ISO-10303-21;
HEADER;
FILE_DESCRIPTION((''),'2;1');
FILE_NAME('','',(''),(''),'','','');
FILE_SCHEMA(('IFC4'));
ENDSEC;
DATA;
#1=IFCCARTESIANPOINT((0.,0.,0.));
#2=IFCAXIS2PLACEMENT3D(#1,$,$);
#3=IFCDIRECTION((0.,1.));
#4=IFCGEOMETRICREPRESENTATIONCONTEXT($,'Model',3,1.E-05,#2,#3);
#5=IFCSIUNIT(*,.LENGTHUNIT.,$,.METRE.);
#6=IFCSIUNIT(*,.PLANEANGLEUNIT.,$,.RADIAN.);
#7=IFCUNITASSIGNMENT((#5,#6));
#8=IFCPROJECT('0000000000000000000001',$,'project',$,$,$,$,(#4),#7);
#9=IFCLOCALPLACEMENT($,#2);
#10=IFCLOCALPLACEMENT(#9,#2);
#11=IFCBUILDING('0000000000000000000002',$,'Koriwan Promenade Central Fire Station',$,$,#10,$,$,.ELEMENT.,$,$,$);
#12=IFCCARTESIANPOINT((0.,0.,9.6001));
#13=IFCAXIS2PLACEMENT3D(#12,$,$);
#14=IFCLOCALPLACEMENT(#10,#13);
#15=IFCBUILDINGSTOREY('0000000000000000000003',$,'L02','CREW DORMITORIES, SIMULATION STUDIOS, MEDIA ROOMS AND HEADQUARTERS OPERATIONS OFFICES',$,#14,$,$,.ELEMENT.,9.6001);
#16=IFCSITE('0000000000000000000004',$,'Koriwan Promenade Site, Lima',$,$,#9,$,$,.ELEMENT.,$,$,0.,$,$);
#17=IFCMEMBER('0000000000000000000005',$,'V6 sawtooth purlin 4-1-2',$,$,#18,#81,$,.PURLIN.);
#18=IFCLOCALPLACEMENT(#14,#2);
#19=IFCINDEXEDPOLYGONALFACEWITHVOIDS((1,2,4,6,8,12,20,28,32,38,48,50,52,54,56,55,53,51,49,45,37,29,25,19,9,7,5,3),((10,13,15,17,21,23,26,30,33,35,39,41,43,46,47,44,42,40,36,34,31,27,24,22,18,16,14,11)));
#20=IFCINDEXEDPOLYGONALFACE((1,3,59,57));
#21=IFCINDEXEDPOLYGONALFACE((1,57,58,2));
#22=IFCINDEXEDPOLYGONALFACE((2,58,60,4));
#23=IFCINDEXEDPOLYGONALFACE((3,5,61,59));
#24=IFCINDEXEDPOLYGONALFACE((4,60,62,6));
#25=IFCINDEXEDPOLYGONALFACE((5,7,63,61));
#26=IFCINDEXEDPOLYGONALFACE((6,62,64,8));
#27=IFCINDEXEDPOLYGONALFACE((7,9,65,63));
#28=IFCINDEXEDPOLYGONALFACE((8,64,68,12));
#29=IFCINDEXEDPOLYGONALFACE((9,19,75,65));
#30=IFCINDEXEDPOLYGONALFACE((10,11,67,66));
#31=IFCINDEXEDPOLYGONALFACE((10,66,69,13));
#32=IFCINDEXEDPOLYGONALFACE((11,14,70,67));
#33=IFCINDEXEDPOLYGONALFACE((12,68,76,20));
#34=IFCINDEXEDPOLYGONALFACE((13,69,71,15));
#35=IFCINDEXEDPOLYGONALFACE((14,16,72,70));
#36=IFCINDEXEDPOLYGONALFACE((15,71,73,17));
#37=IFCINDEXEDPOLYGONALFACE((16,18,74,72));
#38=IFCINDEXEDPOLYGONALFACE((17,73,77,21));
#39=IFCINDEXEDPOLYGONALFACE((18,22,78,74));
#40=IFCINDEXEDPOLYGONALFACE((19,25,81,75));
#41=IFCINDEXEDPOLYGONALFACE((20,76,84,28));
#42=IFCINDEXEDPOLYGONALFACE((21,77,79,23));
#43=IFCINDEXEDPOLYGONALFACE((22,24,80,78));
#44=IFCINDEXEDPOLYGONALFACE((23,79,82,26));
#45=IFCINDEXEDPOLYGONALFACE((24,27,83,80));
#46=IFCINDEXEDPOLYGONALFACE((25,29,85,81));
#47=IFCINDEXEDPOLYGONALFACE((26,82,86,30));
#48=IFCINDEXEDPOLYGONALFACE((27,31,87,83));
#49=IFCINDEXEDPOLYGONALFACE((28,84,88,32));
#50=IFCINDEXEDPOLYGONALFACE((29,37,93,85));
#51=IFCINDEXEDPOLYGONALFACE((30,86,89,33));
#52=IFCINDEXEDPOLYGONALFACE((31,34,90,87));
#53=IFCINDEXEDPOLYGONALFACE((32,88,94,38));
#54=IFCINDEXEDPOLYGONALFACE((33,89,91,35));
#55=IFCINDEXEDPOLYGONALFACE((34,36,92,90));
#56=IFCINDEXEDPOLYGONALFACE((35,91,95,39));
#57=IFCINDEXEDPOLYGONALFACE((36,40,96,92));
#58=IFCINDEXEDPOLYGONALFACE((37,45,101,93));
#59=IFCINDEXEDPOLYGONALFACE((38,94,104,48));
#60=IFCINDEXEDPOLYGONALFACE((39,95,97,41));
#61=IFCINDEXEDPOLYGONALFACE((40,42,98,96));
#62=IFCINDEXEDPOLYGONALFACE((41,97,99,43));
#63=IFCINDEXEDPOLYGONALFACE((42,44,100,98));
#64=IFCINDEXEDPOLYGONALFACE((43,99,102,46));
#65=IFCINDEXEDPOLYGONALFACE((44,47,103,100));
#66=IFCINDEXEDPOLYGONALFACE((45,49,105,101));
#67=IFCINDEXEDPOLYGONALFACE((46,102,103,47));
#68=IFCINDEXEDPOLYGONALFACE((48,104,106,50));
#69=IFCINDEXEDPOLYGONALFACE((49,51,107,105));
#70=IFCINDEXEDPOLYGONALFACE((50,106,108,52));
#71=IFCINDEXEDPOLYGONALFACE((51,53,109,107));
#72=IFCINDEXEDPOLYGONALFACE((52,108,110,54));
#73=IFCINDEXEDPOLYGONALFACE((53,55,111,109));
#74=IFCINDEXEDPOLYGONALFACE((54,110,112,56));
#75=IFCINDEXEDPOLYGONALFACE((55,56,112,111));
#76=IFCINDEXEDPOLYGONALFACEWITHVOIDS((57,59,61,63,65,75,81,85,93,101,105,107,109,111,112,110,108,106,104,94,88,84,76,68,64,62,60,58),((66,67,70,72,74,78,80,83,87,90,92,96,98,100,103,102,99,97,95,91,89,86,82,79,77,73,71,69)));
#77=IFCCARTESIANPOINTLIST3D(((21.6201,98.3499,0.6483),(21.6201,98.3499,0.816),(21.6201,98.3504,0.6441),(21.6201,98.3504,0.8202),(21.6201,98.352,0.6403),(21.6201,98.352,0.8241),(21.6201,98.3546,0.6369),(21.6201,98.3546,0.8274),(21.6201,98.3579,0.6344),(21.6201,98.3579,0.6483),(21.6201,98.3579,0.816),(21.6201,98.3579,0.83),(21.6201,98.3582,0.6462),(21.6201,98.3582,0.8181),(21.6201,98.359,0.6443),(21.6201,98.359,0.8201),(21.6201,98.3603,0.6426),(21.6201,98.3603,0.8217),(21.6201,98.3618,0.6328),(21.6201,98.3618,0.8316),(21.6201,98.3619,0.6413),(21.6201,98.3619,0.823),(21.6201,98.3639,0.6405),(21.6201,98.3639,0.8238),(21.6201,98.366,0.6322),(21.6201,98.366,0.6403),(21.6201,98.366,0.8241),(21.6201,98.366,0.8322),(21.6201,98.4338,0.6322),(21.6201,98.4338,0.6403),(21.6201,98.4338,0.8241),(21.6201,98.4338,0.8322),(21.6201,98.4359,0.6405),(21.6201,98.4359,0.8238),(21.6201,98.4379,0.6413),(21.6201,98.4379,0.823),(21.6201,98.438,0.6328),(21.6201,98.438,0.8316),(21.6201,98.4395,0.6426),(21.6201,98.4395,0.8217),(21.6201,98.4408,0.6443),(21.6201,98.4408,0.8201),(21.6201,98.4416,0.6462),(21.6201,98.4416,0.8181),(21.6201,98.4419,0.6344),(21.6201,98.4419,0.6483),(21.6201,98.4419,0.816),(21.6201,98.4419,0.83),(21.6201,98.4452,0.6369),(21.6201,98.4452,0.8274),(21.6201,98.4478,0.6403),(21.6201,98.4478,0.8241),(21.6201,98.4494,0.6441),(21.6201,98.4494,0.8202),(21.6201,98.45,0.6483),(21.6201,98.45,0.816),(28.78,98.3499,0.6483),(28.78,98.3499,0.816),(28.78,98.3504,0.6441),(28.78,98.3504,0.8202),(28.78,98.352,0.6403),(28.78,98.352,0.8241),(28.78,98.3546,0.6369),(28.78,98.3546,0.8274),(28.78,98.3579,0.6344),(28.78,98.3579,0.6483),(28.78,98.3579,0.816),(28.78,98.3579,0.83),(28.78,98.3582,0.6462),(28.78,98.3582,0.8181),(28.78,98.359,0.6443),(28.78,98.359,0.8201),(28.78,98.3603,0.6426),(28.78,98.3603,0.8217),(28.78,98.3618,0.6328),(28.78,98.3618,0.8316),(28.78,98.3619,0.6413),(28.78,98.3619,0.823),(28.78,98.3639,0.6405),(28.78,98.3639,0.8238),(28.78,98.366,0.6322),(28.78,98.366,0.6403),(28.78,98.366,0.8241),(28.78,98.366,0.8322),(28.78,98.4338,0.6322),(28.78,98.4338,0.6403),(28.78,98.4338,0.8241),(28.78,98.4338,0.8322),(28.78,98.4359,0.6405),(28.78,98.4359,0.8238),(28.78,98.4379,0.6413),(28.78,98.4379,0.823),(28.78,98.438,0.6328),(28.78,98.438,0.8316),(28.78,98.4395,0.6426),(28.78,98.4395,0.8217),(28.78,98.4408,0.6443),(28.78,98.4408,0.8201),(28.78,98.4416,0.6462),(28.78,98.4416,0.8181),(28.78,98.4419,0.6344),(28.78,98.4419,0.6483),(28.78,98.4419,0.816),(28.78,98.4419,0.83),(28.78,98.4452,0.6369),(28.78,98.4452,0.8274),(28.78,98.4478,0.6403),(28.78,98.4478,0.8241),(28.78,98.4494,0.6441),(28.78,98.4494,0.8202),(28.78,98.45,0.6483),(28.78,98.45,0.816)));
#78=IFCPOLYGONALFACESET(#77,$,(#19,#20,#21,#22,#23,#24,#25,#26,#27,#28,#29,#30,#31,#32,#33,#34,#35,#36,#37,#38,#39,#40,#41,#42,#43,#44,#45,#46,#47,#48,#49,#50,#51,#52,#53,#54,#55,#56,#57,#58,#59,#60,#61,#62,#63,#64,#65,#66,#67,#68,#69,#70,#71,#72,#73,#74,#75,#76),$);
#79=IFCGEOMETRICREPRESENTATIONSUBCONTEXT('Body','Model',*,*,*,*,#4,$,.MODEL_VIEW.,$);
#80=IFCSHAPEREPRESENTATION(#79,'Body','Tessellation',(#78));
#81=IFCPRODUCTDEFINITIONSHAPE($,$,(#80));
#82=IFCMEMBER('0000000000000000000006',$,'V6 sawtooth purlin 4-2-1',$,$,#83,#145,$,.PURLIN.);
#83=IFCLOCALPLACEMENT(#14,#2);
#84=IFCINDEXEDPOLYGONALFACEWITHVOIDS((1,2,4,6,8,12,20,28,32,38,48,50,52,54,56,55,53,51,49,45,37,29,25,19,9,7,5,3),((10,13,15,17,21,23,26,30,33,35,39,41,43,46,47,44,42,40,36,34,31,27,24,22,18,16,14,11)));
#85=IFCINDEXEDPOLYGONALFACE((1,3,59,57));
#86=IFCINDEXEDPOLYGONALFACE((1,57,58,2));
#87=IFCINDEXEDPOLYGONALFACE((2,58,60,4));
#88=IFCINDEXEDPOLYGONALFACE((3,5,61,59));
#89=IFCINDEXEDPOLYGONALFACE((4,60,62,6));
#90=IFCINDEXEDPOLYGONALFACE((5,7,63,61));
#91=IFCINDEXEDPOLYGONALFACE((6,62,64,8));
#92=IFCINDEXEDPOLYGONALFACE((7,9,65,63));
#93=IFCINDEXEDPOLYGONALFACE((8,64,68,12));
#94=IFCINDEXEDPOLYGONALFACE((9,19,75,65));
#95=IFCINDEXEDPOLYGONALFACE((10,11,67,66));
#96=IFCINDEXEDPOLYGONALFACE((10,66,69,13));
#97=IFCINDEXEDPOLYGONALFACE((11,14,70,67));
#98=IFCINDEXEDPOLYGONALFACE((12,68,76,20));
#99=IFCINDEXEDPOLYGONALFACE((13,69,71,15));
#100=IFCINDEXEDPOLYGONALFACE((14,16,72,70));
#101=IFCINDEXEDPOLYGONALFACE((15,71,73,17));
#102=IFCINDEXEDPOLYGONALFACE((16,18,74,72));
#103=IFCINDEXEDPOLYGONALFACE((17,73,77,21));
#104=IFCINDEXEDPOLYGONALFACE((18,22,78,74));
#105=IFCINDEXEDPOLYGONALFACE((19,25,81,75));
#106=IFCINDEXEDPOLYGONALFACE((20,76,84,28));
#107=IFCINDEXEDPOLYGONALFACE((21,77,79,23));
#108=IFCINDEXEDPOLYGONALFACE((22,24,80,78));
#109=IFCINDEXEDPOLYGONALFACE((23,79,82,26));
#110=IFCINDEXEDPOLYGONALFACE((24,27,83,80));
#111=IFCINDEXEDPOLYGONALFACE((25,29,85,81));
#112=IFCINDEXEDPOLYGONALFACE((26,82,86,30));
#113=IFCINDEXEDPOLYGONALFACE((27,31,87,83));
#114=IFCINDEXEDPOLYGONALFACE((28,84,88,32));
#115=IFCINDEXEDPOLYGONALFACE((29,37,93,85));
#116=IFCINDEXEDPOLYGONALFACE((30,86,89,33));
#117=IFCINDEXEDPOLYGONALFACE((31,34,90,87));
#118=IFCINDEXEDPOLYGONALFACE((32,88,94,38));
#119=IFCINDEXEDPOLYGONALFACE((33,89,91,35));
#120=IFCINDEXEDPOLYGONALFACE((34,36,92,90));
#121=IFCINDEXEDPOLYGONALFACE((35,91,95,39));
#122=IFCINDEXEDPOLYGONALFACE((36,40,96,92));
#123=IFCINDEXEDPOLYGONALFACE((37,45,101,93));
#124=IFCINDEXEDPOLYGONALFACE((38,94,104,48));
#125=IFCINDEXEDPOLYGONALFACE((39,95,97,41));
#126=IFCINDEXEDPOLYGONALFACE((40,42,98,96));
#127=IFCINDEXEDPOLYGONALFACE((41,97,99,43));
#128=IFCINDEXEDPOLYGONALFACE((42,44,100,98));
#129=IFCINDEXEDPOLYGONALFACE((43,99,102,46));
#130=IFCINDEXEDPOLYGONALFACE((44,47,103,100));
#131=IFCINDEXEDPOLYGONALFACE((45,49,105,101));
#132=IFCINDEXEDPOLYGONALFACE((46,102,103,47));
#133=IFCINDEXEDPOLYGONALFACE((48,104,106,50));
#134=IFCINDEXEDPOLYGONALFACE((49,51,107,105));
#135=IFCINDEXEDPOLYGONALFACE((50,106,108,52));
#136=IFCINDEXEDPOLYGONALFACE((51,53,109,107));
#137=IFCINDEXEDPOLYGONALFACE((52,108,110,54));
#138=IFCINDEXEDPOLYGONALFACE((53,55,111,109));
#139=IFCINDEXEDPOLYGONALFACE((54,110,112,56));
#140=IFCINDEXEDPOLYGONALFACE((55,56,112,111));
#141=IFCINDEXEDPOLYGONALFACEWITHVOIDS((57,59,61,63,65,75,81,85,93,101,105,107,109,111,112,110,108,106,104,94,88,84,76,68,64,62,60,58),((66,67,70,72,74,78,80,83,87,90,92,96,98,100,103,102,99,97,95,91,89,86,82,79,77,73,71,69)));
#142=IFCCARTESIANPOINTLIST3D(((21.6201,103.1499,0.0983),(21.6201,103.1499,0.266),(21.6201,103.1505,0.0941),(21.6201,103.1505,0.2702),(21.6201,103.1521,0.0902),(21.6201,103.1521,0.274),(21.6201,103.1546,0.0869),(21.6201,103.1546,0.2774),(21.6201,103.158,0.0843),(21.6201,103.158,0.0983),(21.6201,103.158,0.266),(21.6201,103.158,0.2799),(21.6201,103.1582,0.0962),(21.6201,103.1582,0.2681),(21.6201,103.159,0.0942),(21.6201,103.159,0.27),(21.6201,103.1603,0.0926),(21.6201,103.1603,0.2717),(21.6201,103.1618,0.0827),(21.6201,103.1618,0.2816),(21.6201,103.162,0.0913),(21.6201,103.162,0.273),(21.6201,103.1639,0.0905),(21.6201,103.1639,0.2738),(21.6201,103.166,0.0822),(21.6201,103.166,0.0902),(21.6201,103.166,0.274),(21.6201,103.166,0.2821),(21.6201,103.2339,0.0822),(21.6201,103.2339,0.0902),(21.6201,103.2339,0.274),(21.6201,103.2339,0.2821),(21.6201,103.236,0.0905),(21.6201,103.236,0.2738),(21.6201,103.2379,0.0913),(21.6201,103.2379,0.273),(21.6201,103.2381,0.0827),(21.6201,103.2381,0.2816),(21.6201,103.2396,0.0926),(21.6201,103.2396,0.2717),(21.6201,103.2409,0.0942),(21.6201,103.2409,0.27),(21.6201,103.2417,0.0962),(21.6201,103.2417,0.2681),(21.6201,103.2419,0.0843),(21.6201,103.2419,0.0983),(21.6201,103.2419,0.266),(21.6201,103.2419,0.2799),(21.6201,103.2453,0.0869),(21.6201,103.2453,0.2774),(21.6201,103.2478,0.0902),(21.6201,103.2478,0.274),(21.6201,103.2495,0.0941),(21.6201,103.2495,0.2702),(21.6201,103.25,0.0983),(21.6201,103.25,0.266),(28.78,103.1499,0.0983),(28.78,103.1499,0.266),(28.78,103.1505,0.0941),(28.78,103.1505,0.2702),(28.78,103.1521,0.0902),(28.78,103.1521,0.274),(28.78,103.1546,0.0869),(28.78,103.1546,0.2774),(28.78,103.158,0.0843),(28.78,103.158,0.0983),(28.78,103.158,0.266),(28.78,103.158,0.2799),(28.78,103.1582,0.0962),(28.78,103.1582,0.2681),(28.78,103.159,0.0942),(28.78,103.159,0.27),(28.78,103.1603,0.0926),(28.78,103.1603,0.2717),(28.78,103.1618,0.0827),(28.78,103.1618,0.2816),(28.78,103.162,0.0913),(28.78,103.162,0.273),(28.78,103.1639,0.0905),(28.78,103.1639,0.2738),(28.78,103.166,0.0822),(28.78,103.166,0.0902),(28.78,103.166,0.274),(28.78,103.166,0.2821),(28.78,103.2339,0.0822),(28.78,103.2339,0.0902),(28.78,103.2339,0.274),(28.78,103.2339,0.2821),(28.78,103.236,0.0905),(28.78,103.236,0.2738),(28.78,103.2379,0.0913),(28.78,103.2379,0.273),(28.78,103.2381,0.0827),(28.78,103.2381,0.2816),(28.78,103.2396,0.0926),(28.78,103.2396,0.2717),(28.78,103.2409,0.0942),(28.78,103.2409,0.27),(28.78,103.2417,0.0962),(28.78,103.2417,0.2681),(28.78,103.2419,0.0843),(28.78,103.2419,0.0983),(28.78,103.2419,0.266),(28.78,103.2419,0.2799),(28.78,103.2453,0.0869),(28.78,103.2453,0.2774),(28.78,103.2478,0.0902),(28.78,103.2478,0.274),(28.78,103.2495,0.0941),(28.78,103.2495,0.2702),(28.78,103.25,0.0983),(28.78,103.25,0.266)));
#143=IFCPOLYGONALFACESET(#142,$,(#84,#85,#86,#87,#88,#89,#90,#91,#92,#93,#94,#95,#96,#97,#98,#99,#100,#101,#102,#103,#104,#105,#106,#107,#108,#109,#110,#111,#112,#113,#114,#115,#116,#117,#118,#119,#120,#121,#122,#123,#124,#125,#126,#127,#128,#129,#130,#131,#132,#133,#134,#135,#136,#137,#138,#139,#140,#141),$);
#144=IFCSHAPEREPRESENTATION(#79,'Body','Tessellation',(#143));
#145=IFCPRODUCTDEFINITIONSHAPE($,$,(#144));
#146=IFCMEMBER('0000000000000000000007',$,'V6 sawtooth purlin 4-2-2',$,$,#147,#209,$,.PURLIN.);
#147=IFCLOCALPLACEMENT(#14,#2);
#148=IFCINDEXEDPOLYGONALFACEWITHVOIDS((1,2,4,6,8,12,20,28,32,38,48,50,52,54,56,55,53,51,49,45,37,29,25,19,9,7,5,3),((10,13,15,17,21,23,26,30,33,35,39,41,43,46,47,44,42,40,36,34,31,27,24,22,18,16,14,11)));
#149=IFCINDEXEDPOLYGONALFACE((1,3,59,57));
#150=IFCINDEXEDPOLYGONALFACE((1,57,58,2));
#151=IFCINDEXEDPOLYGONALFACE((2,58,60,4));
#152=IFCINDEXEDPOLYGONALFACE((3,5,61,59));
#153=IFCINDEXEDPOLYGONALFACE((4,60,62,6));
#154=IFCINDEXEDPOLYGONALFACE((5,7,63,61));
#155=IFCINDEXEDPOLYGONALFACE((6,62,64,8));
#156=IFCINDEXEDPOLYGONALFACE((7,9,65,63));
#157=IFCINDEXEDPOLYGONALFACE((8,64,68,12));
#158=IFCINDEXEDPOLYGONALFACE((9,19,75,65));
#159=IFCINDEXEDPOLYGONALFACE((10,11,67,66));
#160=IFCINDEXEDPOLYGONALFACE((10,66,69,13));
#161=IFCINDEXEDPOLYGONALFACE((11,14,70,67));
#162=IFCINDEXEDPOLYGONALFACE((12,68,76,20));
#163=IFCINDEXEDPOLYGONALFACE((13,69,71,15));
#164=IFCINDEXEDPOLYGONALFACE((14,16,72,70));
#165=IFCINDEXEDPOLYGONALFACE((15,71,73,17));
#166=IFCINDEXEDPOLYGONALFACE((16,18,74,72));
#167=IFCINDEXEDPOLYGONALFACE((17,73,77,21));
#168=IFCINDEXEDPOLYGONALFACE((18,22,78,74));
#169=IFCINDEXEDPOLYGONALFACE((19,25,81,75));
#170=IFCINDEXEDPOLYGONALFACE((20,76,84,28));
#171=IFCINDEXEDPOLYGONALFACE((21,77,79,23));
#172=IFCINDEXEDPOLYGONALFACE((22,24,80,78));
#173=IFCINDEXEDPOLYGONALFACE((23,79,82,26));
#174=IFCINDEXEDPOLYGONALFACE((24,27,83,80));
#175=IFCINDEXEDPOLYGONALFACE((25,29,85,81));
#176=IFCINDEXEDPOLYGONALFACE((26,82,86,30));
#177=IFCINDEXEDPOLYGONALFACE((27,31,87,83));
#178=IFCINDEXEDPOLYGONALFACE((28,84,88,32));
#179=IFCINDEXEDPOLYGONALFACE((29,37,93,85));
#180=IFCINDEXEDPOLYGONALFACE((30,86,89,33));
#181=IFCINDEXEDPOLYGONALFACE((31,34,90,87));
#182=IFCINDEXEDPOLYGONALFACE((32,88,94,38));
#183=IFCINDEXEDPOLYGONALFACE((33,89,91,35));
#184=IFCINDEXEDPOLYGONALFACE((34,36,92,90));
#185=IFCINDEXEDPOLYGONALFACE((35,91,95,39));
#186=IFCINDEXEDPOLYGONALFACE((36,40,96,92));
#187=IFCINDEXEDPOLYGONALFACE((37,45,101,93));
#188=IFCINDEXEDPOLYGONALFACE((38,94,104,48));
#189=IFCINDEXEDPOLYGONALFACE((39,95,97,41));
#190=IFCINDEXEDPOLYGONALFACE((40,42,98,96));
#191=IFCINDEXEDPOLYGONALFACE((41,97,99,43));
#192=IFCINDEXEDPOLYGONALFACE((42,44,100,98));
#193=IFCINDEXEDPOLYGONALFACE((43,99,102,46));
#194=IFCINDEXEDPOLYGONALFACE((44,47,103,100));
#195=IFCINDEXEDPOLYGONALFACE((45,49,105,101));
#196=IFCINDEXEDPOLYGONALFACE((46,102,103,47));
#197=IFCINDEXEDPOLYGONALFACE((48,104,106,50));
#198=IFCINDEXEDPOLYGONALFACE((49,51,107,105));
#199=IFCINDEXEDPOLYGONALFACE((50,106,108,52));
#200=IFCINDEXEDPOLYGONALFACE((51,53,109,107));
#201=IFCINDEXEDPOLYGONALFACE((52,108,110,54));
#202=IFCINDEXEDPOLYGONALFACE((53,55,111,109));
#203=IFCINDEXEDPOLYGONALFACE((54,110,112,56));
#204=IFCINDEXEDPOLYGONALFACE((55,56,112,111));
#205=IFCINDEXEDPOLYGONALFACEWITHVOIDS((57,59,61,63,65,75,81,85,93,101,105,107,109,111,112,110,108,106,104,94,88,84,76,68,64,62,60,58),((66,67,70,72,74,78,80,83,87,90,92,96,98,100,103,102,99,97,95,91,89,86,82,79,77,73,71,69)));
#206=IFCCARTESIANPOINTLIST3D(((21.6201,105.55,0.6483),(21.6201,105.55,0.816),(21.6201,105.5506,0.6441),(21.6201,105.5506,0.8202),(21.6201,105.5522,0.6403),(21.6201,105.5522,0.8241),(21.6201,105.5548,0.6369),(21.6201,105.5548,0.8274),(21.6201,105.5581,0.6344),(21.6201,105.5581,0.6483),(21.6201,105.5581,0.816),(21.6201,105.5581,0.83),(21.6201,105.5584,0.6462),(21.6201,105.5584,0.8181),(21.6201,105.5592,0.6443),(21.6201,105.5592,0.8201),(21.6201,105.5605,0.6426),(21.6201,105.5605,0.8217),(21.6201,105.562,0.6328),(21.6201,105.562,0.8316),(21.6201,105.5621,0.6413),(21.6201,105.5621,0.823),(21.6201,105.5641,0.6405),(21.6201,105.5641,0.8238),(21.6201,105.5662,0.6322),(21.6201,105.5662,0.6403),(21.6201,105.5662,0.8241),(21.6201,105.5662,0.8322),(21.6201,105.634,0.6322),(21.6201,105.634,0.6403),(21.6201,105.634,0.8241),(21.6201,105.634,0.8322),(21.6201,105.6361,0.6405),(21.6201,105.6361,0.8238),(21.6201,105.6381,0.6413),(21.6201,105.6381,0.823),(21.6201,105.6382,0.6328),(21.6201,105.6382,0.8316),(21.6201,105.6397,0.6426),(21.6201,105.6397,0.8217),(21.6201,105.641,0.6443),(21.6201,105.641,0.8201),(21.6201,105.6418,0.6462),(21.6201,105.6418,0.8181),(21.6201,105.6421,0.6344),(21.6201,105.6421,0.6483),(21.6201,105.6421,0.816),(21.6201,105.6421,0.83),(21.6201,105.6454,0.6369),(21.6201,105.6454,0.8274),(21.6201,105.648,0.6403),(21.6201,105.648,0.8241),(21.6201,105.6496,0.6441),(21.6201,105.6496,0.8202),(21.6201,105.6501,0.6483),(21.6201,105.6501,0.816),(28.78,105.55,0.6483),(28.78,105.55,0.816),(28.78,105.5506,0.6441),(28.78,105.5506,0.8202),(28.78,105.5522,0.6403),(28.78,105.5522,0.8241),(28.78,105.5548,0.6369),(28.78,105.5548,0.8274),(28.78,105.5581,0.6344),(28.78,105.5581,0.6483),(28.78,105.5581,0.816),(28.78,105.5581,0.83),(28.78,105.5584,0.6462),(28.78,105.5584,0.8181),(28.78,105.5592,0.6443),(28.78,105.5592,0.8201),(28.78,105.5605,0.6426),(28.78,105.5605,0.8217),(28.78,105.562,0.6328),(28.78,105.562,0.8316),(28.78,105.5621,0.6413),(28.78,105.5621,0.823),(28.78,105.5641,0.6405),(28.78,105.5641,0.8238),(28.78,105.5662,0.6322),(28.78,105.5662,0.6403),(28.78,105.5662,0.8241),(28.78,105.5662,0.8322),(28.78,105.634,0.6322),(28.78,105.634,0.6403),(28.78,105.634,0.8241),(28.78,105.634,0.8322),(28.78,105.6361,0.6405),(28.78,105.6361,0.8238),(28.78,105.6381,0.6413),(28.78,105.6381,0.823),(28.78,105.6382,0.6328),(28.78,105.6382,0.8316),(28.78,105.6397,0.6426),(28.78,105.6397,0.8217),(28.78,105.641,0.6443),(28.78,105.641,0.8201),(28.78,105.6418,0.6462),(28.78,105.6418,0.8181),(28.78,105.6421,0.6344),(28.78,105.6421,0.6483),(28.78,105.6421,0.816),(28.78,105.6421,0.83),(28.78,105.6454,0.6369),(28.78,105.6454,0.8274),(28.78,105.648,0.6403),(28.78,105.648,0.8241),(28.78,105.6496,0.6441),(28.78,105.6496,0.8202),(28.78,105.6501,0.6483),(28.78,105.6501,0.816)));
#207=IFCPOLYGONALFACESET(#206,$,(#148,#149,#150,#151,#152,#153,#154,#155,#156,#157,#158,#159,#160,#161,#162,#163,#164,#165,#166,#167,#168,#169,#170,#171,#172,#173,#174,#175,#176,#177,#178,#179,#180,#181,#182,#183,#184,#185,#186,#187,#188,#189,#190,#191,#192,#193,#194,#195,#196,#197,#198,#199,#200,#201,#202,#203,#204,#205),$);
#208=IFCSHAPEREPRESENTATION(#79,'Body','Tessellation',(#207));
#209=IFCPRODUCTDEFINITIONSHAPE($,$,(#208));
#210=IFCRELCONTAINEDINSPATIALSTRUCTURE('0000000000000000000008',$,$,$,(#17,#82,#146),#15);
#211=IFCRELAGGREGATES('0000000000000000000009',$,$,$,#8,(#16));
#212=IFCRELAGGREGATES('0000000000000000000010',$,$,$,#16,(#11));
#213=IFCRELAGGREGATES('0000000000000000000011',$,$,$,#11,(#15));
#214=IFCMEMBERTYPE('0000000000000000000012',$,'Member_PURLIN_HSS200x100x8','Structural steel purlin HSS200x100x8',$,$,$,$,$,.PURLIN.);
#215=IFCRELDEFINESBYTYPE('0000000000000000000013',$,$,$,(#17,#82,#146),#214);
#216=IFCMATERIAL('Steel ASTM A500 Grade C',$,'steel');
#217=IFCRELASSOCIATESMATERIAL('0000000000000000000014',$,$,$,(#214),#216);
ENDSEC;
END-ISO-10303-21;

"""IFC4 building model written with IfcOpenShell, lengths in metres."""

from ifc_helpers import new_model, si_unit, direction, frame, origin, origin_2d, place, context, subcontext, project, spatial, hollow_rectangle, extrude, material, material_profile, profile_set, type_object, element, save


model = new_model("IFC4")

# Units and contexts
model_context = context("Model", 3, precision=1e-05, world=origin(), true_north=direction((0.0, 1.0)))
body_context = subcontext(model_context, "Body", "Model", "MODEL_VIEW")
ifc_project = project(units=[si_unit("LENGTHUNIT", "METRE"), si_unit("PLANEANGLEUNIT", "RADIAN")], contexts=[model_context])

# Site, building, storey
site_placement = place(None, origin())
site = spatial("IfcSite", under=ifc_project, at=site_placement, Name="Koriwan Promenade Site, Lima", CompositionType="ELEMENT", RefElevation=0.0)
building_placement = place(site_placement, origin())
building = spatial("IfcBuilding", under=site, at=building_placement, Name="Koriwan Promenade Central Fire Station", CompositionType="ELEMENT")
storey_placement = place(building_placement, frame((0.0, 0.0, 9.6001)))
storey = spatial("IfcBuildingStorey", under=building, at=storey_placement, Name="L02", Description="CREW DORMITORIES, SIMULATION STUDIOS, MEDIA ROOMS AND HEADQUARTERS OPERATIONS OFFICES", CompositionType="ELEMENT", Elevation=9.6001)

# Members
ifc_material_1 = material(Name="Steel ASTM A500 Grade C", Category="steel")
ifc_material_profile_1 = material_profile(ifc_material_1, hollow_rectangle(XDim=0.1001, YDim=0.2, WallThickness=0.0081, InnerFilletRadius=0.0081, OuterFilletRadius=0.0161, at=origin_2d()), Name="HSS200x100x8")
ifc_profile_set_1 = profile_set([ifc_material_profile_1], Name="Steel ASTM A500 Grade C")
member_type_1 = type_object("IfcMemberType", Name="Member_PURLIN_HSS200x100x8", Description="Structural steel purlin HSS200x100x8", PredefinedType="PURLIN", material=ifc_profile_set_1)
for number, where, z_axis, x_axis, name in (
    (1, (21.6201, 98.3999, 0.7322), (1.0, 0.0, 0.0), (0.0, 1.0, 0.0), "V6 sawtooth purlin 4-1-2"),
    (2, (21.6201, 103.2, 0.1821), (1.0, 0.0, 0.0), (0.0, 1.0, 0.0), "V6 sawtooth purlin 4-2-1"),
    (3, (21.6201, 105.6001, 0.7322), (1.0, 0.0, 0.0), (0.0, 1.0, 0.0), "V6 sawtooth purlin 4-2-2"),
):
    element("IfcMember", number, at=place(storey_placement, frame(where, z_axis=z_axis, x_axis=x_axis)), inside=storey, type_object=member_type_1, Name=name, PredefinedType="PURLIN", context=body_context, shape_type="SweptSolid", body=[
        extrude(hollow_rectangle(XDim=0.1001, YDim=0.2, WallThickness=0.0081, InnerFilletRadius=0.0081, OuterFilletRadius=0.0161, at=origin_2d()), origin(), (0.0, 0.0, 1.0), 7.1599),
    ])

save(model, "model.ifc")
